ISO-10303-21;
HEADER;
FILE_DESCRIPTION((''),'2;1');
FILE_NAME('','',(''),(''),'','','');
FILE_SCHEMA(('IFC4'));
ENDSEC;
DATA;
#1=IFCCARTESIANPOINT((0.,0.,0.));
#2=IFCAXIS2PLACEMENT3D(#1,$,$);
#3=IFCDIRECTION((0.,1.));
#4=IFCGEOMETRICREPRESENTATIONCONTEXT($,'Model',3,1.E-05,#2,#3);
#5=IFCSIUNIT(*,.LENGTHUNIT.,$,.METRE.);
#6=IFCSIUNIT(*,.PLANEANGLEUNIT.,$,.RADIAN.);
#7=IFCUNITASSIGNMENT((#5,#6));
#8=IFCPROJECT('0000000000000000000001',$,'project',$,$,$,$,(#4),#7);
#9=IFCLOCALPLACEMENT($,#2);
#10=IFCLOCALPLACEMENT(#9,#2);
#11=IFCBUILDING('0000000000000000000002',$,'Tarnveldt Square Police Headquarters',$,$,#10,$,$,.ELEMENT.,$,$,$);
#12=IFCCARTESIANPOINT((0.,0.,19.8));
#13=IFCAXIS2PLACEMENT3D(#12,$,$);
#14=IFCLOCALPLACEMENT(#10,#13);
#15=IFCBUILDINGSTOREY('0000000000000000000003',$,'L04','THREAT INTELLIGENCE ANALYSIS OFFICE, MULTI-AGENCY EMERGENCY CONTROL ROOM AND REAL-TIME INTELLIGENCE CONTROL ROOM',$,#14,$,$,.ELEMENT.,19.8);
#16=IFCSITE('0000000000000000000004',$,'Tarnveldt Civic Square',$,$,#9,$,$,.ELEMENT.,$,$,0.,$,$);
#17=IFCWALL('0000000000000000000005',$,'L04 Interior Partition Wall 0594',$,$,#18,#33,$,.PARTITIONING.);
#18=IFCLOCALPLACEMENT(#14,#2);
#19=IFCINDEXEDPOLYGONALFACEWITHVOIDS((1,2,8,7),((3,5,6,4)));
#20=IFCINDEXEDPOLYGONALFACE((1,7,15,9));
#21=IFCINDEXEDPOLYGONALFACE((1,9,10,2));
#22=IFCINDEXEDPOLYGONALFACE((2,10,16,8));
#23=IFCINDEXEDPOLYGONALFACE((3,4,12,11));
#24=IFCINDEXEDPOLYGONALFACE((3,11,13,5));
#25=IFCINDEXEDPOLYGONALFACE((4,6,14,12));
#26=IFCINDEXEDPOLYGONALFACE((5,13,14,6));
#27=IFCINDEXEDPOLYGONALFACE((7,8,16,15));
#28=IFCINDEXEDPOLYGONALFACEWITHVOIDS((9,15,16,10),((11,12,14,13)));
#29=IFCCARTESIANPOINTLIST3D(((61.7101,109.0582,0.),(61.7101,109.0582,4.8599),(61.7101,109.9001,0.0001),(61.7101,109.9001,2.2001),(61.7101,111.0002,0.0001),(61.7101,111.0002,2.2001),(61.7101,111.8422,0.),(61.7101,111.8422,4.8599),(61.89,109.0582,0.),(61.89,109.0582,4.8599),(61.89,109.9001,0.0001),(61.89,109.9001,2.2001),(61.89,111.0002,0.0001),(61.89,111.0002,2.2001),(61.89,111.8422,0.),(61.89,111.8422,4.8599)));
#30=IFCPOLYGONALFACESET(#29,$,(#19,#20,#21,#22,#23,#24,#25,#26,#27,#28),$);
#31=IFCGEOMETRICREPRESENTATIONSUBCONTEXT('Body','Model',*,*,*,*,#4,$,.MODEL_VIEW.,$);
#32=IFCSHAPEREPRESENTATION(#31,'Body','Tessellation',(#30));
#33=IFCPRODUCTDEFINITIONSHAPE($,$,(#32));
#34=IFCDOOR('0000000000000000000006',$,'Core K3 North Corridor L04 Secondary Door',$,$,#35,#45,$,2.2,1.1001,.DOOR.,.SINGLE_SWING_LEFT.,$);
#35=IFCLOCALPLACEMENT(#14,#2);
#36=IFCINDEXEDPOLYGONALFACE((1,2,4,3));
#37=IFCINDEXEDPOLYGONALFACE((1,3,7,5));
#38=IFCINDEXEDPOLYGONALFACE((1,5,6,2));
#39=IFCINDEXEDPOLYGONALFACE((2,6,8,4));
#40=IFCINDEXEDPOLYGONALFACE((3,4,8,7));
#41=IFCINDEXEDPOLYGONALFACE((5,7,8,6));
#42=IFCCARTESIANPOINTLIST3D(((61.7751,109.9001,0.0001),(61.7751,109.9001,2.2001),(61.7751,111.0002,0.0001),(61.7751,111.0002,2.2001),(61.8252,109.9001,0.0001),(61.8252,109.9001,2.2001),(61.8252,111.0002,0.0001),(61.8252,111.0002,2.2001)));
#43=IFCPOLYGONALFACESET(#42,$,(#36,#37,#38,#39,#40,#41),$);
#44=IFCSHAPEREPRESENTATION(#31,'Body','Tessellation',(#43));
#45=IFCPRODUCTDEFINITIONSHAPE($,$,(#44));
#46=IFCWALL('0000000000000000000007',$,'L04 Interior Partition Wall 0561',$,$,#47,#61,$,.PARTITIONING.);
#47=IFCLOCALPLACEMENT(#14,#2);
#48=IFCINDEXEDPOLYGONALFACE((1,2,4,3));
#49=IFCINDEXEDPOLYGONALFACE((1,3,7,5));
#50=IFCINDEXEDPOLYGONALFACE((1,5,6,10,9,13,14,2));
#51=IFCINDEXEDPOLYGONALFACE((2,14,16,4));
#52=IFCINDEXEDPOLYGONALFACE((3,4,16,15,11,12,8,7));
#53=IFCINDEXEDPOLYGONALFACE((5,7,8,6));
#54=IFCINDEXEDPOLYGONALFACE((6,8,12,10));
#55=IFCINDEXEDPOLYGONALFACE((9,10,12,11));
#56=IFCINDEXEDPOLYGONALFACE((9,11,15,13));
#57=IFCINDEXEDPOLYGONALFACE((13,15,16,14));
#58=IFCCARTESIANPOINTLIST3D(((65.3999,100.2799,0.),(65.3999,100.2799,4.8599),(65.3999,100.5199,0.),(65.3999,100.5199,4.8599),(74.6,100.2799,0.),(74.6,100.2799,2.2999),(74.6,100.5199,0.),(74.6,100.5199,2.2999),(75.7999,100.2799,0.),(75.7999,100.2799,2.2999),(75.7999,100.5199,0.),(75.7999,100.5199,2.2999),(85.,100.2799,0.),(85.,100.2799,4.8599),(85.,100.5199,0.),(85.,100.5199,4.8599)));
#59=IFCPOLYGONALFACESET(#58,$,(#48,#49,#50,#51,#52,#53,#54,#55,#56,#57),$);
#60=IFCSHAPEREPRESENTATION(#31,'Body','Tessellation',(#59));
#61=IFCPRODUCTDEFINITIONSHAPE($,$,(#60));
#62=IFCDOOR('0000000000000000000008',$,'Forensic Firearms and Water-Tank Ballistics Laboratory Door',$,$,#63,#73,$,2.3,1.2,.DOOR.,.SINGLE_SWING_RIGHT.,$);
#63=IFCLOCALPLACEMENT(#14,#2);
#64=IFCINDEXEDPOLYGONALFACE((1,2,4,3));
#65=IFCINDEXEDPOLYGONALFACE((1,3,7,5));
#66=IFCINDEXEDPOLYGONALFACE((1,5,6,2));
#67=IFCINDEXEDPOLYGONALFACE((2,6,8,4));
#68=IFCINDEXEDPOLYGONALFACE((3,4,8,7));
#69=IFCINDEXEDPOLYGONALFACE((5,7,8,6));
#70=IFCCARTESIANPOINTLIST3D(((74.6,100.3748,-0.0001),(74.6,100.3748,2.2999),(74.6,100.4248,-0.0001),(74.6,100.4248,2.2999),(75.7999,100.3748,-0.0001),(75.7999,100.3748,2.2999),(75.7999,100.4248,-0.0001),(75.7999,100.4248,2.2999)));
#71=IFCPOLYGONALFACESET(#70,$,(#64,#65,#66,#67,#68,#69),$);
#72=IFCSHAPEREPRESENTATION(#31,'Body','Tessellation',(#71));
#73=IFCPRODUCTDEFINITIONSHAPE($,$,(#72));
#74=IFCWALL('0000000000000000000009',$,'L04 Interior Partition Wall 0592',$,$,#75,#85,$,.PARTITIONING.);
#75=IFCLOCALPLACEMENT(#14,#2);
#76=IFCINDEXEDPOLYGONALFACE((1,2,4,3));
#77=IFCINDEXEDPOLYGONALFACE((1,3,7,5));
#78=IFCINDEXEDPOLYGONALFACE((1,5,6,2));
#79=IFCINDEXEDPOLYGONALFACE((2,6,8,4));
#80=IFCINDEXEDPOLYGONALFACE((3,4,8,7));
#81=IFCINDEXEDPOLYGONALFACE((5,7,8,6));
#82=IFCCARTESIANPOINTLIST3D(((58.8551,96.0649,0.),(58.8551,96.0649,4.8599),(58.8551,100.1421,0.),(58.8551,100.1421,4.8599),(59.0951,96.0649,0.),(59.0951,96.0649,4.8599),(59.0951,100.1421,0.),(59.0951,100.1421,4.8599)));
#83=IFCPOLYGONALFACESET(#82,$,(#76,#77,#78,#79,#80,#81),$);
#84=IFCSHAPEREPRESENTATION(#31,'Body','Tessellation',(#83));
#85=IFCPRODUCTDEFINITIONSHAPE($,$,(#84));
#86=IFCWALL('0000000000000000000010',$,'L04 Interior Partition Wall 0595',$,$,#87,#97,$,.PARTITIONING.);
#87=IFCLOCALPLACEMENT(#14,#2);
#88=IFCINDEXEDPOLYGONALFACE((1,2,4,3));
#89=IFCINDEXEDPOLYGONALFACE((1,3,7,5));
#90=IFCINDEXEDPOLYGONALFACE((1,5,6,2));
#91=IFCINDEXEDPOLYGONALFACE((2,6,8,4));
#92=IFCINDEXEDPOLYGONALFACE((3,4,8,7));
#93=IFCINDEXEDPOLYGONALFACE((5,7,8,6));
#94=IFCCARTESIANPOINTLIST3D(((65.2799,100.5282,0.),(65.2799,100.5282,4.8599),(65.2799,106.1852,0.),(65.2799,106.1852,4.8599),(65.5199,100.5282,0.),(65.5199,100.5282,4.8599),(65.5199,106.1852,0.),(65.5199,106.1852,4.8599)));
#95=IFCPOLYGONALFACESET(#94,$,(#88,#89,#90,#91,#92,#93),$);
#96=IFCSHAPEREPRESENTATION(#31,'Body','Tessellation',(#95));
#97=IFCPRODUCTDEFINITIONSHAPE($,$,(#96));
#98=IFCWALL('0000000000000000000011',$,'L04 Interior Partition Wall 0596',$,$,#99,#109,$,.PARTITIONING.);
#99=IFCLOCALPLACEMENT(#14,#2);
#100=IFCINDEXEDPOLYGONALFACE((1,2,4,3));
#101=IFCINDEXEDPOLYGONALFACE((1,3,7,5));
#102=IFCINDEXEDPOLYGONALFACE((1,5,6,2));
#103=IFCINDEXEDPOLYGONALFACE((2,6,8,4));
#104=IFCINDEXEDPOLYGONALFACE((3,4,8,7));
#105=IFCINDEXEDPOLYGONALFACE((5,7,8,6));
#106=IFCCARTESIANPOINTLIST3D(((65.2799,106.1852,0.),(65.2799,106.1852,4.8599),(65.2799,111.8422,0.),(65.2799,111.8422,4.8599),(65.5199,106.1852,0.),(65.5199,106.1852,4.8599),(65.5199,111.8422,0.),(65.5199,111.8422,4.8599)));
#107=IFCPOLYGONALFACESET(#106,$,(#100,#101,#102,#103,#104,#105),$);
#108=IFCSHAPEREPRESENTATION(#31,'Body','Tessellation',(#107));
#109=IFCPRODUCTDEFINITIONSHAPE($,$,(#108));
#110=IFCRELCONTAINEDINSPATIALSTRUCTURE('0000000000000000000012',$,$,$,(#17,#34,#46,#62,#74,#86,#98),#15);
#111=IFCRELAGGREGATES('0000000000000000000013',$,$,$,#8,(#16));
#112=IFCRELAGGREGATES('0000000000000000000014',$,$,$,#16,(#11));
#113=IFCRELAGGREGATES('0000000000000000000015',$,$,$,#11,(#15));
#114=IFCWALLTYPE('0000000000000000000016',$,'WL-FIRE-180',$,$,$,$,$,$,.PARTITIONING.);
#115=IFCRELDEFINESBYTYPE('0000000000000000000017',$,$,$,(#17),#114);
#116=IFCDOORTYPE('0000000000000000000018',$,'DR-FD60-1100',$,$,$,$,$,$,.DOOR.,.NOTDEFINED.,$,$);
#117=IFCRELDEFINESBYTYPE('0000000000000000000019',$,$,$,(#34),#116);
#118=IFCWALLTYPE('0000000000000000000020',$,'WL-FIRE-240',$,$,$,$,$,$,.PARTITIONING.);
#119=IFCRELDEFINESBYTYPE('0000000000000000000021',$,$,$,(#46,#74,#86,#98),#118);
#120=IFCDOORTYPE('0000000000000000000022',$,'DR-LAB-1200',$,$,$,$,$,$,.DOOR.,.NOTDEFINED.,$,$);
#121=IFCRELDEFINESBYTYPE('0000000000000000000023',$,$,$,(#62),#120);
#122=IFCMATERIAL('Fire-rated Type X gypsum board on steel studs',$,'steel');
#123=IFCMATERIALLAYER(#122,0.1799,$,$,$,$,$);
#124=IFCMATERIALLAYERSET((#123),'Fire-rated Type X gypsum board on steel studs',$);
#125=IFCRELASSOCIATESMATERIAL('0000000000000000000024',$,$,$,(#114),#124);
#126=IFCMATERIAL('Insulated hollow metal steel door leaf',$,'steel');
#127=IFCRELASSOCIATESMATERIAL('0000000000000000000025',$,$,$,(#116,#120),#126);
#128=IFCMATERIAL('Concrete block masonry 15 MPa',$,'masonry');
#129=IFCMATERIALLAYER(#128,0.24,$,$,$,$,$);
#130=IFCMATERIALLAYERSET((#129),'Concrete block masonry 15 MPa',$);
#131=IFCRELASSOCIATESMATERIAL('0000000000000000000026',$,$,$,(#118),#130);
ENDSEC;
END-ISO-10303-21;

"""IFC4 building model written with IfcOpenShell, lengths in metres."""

from ifc_helpers import new_model, si_unit, direction, frame, frame_2d, origin, place, context, subcontext, project, spatial, rectangle, extrude, material, layer, layer_set, type_object, element, fill, save


model = new_model("IFC4")

# Units and contexts
model_context = context("Model", 3, precision=1e-05, world=origin(), true_north=direction((0.0, 1.0)))
body_context = subcontext(model_context, "Body", "Model", "MODEL_VIEW")
ifc_project = project(units=[si_unit("LENGTHUNIT", "METRE"), si_unit("PLANEANGLEUNIT", "RADIAN")], contexts=[model_context])

# Site, building, storey
site_placement = place(None, origin())
site = spatial("IfcSite", under=ifc_project, at=site_placement, Name="Tarnveldt Civic Square", CompositionType="ELEMENT", RefElevation=0.0)
building_placement = place(site_placement, origin())
building = spatial("IfcBuilding", under=site, at=building_placement, Name="Tarnveldt Square Police Headquarters", CompositionType="ELEMENT")
storey_placement = place(building_placement, frame((0.0, 0.0, 19.8)))
storey = spatial("IfcBuildingStorey", under=building, at=storey_placement, Name="L04", Description="THREAT INTELLIGENCE ANALYSIS OFFICE, MULTI-AGENCY EMERGENCY CONTROL ROOM AND REAL-TIME INTELLIGENCE CONTROL ROOM", CompositionType="ELEMENT", Elevation=19.8)

# Walls, openings, doors
ifc_material_1 = material(Name="Fire-rated Type X gypsum board on steel studs", Category="steel")
ifc_layer_1 = layer(ifc_material_1, 0.1799)
ifc_layer_set_1 = layer_set([ifc_layer_1], Name="Fire-rated Type X gypsum board on steel studs")
wall_type_1 = type_object("IfcWallType", Name="WL-FIRE-180", PredefinedType="PARTITIONING", material=ifc_layer_set_1)
ifc_material_2 = material(Name="Insulated hollow metal steel door leaf", Category="steel")
door_type_1 = type_object("IfcDoorType", Name="DR-FD60-1100", OperationType="NOTDEFINED", PredefinedType="DOOR", material=ifc_material_2)
wall_1_placement = place(storey_placement, frame((61.8, 109.0581, 0.0), z_axis=(0.0, 0.0, 1.0), x_axis=(0.0, 1.0, 0.0)))
wall_1 = element("IfcWall", 1, at=wall_1_placement, inside=storey, type_object=wall_type_1, Name="L04 Interior Partition Wall 0594", PredefinedType="PARTITIONING", context=body_context, shape_type="SweptSolid", body=[
    extrude(rectangle(XDim=2.7839, YDim=0.1799, at=frame_2d((1.3921, 0.0))), origin(), (0.0, 0.0, 1.0), 4.8599),
])
opening_1_placement = place(wall_1_placement, frame((0.842, 0.0, 0.0)))
opening_1 = element("IfcOpeningElement", 2, at=opening_1_placement, cuts=wall_1, PredefinedType="OPENING", context=body_context, shape_type="SweptSolid", body=[
    extrude(rectangle(XDim=1.1001, YDim=2.2, at=frame_2d((0.55, 1.1001))), frame((0.0, 0.0999, 0.0), z_axis=(0.0, -1.0, 0.0), x_axis=(1.0, 0.0, 0.0)), (0.0, 0.0, 1.0), 0.2),
])
door_1_placement = place(opening_1_placement, origin())
door_1 = element("IfcDoor", 3, at=door_1_placement, inside=storey, type_object=door_type_1, Name="Core K3 North Corridor L04 Secondary Door", OperationType="SINGLE_SWING_LEFT", OverallHeight=2.2, OverallWidth=1.1001, PredefinedType="DOOR", context=body_context, shape_type="SweptSolid", body=[
    extrude(rectangle(XDim=1.1001, YDim=2.2, at=frame_2d((0.55, 1.1001))), frame((0.0, 0.0249, 0.0), z_axis=(0.0, -1.0, 0.0), x_axis=(1.0, 0.0, 0.0)), (0.0, 0.0, 1.0), 0.05),
])
fill(opening_1, door_1)
ifc_material_3 = material(Name="Concrete block masonry 15 MPa", Category="masonry")
ifc_layer_2 = layer(ifc_material_3, 0.24)
ifc_layer_set_2 = layer_set([ifc_layer_2], Name="Concrete block masonry 15 MPa")
wall_type_2 = type_object("IfcWallType", Name="WL-FIRE-240", PredefinedType="PARTITIONING", material=ifc_layer_set_2)
wall_2_placement = place(storey_placement, frame((65.3999, 100.3999, 0.0), z_axis=(0.0, 0.0, 1.0), x_axis=(1.0, 0.0, 0.0)))
wall_2 = element("IfcWall", 4, at=wall_2_placement, inside=storey, type_object=wall_type_2, Name="L04 Interior Partition Wall 0561", PredefinedType="PARTITIONING", context=body_context, shape_type="SweptSolid", body=[
    extrude(rectangle(XDim=19.6001, YDim=0.24, at=frame_2d((9.8, 0.0))), origin(), (0.0, 0.0, 1.0), 4.8599),
])
opening_2_placement = place(wall_2_placement, frame((9.2, 0.0, 0.0)))
opening_2 = element("IfcOpeningElement", 5, at=opening_2_placement, cuts=wall_2, PredefinedType="OPENING", context=body_context, shape_type="SweptSolid", body=[
    extrude(rectangle(XDim=1.2, YDim=2.3, at=frame_2d((0.6001, 1.1499))), frame((0.0, 0.1299, 0.0), z_axis=(0.0, -1.0, 0.0), x_axis=(1.0, 0.0, 0.0)), (0.0, 0.0, 1.0), 0.26),
])
door_type_2 = type_object("IfcDoorType", Name="DR-LAB-1200", OperationType="NOTDEFINED", PredefinedType="DOOR", material=ifc_material_2)
door_2_placement = place(opening_2_placement, origin())
door_2 = element("IfcDoor", 6, at=door_2_placement, inside=storey, type_object=door_type_2, Name="Forensic Firearms and Water-Tank Ballistics Laboratory Door", OperationType="SINGLE_SWING_RIGHT", OverallHeight=2.3, OverallWidth=1.2, PredefinedType="DOOR", context=body_context, shape_type="SweptSolid", body=[
    extrude(rectangle(XDim=1.2, YDim=2.3, at=frame_2d((0.6001, 1.1499))), frame((0.0, 0.0249, 0.0), z_axis=(0.0, -1.0, 0.0), x_axis=(1.0, 0.0, 0.0)), (0.0, 0.0, 1.0), 0.05),
])
fill(opening_2, door_2)

# Walls
wall_3_placement = place(storey_placement, frame((58.9751, 96.0649, 0.0), z_axis=(0.0, 0.0, 1.0), x_axis=(0.0, 1.0, 0.0)))
element("IfcWall", 7, at=wall_3_placement, inside=storey, type_object=wall_type_2, Name="L04 Interior Partition Wall 0592", PredefinedType="PARTITIONING", context=body_context, shape_type="SweptSolid", body=[
    extrude(rectangle(XDim=4.0771, YDim=0.24, at=frame_2d((2.0386, 0.0))), origin(), (0.0, 0.0, 1.0), 4.8599),
])
for number, where, z_axis, x_axis, name in (
    (8, (65.3999, 100.5281, 0.0), (0.0, 0.0, 1.0), (0.0, 1.0, 0.0), "L04 Interior Partition Wall 0595"),
    (9, (65.3999, 106.1851, 0.0), (0.0, 0.0, 1.0), (0.0, 1.0, 0.0), "L04 Interior Partition Wall 0596"),
):
    element("IfcWall", number, at=place(storey_placement, frame(where, z_axis=z_axis, x_axis=x_axis)), inside=storey, type_object=wall_type_2, Name=name, PredefinedType="PARTITIONING", context=body_context, shape_type="SweptSolid", body=[
        extrude(rectangle(XDim=5.657, YDim=0.24, at=frame_2d((2.8286, 0.0))), origin(), (0.0, 0.0, 1.0), 4.8599),
    ])

save(model, "model.ifc")
